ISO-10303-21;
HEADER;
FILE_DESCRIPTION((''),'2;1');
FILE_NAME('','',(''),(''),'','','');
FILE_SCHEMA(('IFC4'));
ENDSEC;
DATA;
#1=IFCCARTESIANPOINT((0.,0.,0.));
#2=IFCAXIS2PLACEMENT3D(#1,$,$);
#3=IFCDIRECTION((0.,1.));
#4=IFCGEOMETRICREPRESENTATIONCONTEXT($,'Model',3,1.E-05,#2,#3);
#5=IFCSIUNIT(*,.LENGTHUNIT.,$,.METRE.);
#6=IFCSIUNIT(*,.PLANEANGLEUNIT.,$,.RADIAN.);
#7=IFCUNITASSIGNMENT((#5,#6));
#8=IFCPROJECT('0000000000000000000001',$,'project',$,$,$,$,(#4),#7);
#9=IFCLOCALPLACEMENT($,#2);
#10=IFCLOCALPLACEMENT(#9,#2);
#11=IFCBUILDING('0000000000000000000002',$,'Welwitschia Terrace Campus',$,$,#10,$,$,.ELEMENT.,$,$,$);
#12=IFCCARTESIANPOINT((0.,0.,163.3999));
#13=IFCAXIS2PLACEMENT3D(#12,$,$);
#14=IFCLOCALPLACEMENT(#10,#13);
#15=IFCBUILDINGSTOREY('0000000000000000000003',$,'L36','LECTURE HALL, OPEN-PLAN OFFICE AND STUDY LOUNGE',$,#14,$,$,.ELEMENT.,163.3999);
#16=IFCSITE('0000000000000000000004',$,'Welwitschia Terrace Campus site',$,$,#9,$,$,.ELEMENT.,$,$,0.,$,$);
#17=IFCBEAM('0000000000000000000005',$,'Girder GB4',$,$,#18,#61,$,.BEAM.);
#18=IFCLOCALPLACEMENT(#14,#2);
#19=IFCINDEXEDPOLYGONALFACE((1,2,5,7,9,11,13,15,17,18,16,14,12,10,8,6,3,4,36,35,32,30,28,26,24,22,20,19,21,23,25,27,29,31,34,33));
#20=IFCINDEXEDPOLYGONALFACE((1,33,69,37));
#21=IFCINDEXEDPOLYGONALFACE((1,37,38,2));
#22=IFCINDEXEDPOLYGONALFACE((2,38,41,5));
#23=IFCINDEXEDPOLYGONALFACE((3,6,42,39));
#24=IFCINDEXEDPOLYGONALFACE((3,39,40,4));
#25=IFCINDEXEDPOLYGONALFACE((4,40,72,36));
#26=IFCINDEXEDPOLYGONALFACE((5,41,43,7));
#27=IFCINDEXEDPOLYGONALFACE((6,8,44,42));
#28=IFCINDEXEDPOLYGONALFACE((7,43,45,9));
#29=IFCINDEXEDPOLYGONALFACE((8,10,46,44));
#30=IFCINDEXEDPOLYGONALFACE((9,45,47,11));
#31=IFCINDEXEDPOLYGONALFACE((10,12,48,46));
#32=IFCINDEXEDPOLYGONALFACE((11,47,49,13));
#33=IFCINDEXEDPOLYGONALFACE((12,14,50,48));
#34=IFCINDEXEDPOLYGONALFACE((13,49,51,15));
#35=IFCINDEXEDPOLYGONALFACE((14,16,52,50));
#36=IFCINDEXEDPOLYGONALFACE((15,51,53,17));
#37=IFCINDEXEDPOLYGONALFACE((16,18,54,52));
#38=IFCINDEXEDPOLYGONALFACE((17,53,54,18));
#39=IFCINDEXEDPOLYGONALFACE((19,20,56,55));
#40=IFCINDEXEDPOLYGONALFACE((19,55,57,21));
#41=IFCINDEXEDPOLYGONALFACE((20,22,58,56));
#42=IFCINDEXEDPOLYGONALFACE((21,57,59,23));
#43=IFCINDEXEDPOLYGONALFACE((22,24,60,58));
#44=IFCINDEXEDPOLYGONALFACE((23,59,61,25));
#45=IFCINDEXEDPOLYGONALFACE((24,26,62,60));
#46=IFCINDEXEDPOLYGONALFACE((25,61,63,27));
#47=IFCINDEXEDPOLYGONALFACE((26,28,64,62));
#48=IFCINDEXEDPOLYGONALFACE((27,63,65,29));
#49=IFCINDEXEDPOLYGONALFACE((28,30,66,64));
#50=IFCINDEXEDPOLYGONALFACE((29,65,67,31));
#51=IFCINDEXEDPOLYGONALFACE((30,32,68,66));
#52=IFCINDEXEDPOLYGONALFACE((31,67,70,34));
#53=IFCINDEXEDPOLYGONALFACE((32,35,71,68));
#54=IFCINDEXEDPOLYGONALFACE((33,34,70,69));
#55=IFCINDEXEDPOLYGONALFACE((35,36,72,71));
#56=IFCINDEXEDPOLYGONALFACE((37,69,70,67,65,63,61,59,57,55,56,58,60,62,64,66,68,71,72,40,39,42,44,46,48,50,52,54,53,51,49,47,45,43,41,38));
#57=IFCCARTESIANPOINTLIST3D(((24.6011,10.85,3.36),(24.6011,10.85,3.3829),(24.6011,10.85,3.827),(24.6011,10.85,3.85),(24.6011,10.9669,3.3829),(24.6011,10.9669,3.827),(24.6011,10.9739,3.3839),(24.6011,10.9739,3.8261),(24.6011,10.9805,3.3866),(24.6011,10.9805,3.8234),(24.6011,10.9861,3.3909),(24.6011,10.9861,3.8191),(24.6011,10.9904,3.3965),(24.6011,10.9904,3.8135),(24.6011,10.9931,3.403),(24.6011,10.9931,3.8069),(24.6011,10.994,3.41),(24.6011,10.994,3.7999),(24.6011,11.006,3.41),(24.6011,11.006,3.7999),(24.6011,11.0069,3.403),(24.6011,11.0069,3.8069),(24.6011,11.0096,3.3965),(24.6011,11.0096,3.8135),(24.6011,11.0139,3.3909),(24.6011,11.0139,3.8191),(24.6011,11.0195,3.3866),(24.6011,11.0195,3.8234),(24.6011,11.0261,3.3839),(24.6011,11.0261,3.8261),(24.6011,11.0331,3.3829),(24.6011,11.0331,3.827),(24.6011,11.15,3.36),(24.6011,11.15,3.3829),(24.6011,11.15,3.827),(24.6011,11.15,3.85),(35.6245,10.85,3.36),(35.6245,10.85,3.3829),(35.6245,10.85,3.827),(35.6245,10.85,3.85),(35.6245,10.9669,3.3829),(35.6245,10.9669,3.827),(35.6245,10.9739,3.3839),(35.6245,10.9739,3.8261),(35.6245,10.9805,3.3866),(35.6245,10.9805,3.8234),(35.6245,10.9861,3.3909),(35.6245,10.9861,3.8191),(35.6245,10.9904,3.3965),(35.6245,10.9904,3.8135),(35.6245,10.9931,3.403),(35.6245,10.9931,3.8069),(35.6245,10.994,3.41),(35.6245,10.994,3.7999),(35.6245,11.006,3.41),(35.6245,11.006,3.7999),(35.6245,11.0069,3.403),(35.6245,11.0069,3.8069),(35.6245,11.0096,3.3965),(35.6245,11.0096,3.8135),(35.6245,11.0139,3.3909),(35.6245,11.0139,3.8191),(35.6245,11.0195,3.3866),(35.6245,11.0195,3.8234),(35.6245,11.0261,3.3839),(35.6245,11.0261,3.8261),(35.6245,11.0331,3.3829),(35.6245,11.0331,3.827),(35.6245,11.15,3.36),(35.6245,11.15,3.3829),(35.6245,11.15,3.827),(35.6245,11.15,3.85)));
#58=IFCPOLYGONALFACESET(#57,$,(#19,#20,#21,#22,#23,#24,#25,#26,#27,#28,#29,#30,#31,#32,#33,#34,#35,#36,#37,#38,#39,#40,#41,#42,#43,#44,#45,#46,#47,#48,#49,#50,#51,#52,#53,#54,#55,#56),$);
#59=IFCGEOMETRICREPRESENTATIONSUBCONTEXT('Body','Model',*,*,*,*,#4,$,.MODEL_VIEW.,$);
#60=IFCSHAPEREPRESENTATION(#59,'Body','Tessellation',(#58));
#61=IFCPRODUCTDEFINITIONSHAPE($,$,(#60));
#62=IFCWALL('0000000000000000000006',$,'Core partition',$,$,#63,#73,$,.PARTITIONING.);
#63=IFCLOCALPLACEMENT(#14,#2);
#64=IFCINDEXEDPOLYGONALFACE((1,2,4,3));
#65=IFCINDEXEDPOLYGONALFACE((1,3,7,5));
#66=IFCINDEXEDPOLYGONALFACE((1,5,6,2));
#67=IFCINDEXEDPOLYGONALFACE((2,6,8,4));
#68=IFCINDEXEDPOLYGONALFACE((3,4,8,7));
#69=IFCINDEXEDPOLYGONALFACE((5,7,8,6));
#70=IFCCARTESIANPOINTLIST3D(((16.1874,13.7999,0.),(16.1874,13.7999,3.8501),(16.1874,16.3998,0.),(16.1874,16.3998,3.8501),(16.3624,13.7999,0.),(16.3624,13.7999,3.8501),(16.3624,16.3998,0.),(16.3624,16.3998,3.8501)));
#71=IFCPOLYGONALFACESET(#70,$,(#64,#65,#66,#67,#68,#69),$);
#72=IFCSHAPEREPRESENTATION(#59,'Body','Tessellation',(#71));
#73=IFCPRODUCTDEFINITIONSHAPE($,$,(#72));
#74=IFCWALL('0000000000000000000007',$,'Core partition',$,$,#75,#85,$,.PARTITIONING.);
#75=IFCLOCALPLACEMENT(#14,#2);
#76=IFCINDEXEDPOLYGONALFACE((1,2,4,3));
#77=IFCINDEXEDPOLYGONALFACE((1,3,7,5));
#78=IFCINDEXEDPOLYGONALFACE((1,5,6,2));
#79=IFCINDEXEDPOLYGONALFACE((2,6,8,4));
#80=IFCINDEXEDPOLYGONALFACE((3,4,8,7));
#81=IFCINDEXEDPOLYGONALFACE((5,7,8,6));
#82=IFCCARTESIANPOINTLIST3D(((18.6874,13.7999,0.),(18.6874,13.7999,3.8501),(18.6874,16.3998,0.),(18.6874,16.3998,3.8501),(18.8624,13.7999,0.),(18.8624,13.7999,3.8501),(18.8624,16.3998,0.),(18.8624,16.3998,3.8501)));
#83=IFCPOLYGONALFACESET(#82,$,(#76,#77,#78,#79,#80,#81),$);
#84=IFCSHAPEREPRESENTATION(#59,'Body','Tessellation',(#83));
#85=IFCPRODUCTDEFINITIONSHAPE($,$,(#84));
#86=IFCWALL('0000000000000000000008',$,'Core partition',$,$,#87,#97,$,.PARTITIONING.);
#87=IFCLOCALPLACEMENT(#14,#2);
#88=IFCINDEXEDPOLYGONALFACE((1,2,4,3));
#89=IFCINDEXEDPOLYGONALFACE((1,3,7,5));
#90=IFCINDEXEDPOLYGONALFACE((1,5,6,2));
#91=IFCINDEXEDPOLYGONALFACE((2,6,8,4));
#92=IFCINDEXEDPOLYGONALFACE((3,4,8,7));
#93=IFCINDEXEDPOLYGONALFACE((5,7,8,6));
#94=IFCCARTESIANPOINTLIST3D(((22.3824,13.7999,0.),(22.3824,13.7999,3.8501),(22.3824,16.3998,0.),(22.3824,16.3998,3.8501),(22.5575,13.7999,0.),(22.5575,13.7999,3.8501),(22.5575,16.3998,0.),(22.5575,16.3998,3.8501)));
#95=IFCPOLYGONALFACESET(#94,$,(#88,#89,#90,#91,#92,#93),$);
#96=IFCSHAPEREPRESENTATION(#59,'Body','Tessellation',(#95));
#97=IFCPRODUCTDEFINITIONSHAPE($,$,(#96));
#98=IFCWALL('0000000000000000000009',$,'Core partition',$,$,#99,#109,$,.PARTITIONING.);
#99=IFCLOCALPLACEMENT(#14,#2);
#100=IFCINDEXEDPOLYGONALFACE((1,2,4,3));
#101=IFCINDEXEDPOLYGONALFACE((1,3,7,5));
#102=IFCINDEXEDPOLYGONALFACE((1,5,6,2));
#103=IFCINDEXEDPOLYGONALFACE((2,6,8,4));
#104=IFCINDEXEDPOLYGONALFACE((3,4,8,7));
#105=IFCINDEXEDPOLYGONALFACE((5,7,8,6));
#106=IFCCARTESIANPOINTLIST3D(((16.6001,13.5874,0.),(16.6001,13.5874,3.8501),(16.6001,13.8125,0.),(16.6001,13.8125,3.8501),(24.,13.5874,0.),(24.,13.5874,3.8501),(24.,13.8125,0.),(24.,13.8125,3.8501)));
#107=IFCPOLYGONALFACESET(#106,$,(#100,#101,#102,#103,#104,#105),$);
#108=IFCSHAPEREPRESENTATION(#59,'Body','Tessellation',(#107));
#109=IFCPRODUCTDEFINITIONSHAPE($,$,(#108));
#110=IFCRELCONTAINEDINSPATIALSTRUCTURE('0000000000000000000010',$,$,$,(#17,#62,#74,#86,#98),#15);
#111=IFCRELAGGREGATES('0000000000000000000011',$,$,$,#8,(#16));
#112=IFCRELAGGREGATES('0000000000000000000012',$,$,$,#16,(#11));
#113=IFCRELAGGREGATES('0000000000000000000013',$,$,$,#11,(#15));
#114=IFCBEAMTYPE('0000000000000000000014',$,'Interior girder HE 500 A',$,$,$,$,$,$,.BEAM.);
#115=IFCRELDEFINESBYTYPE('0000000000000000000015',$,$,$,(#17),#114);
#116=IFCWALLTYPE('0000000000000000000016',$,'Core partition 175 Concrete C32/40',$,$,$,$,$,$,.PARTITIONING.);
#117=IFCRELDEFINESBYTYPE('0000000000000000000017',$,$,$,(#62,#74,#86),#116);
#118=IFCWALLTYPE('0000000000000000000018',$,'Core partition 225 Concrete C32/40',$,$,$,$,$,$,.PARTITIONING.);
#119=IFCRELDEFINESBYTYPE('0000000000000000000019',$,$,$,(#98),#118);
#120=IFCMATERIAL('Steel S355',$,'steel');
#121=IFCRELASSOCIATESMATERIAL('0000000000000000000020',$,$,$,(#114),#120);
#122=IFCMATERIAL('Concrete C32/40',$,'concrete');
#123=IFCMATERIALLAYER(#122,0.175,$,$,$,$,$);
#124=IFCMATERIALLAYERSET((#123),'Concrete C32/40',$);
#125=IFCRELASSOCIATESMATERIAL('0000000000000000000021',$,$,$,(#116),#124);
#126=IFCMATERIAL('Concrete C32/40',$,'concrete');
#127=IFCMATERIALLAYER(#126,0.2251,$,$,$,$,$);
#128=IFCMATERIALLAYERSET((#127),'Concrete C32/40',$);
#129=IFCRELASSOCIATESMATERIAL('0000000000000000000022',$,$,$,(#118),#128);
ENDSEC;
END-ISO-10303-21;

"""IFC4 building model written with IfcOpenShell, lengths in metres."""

from ifc_helpers import new_model, si_unit, direction, frame, frame_2d, origin, origin_2d, place, context, subcontext, project, spatial, rectangle, i_section, extrude, material, layer, layer_set, material_profile, profile_set, type_object, element, save


model = new_model("IFC4")

# Units and contexts
model_context = context("Model", 3, precision=1e-05, world=origin(), true_north=direction((0.0, 1.0)))
body_context = subcontext(model_context, "Body", "Model", "MODEL_VIEW")
ifc_project = project(units=[si_unit("LENGTHUNIT", "METRE"), si_unit("PLANEANGLEUNIT", "RADIAN")], contexts=[model_context])

# Site, building, storey
site_placement = place(None, origin())
site = spatial("IfcSite", under=ifc_project, at=site_placement, Name="Welwitschia Terrace Campus site", CompositionType="ELEMENT", RefElevation=0.0)
building_placement = place(site_placement, origin())
building = spatial("IfcBuilding", under=site, at=building_placement, Name="Welwitschia Terrace Campus", CompositionType="ELEMENT")
storey_placement = place(building_placement, frame((0.0, 0.0, 163.3999)))
storey = spatial("IfcBuildingStorey", under=building, at=storey_placement, Name="L36", Description="LECTURE HALL, OPEN-PLAN OFFICE AND STUDY LOUNGE", CompositionType="ELEMENT", Elevation=163.3999)

# Beam
ifc_material_1 = material(Name="Steel S355", Category="steel")
ifc_material_profile = material_profile(ifc_material_1, i_section(OverallWidth=0.3, OverallDepth=0.49, WebThickness=0.012, FlangeThickness=0.0229, FilletRadius=0.0271, at=origin_2d()))
ifc_profile_set = profile_set([ifc_material_profile], Name="Steel S355")
beam_type = type_object("IfcBeamType", Name="Interior girder HE 500 A", PredefinedType="BEAM", material=ifc_profile_set)
beam_placement = place(storey_placement, frame((24.6011, 11.0, 3.605), z_axis=(1.0, 0.0, 0.0), x_axis=(0.0, 1.0, 0.0)))
element("IfcBeam", 1, at=beam_placement, inside=storey, type_object=beam_type, Name="Girder GB4", PredefinedType="BEAM", context=body_context, shape_type="SweptSolid", body=[
    extrude(i_section(OverallWidth=0.3, OverallDepth=0.49, WebThickness=0.012, FlangeThickness=0.0229, FilletRadius=0.0271, at=origin_2d()), origin(), (0.0, 0.0, 1.0), 11.0234),
])

# Walls
ifc_material_2 = material(Name="Concrete C32/40", Category="concrete")
ifc_layer_1 = layer(ifc_material_2, 0.175)
ifc_layer_set_1 = layer_set([ifc_layer_1], Name="Concrete C32/40")
wall_type_1 = type_object("IfcWallType", Name="Core partition 175 Concrete C32/40", PredefinedType="PARTITIONING", material=ifc_layer_set_1)
for number, where, z_axis, x_axis, name in (
    (2, (16.2749, 13.8, 0.0), (0.0, 0.0, 1.0), (0.0, 1.0, 0.0), "Core partition"),
    (3, (18.7749, 13.8, 0.0), (0.0, 0.0, 1.0), (0.0, 1.0, 0.0), "Core partition"),
    (4, (22.47, 13.8, 0.0), (0.0, 0.0, 1.0), (0.0, 1.0, 0.0), "Core partition"),
):
    element("IfcWall", number, at=place(storey_placement, frame(where, z_axis=z_axis, x_axis=x_axis)), inside=storey, type_object=wall_type_1, Name=name, PredefinedType="PARTITIONING", context=body_context, shape_type="SweptSolid", body=[
        extrude(rectangle(XDim=2.5999, YDim=0.175, at=frame_2d((1.2998, 0.0))), origin(), (0.0, 0.0, 1.0), 3.8501),
    ])
ifc_material_3 = material(Name="Concrete C32/40", Category="concrete")
ifc_layer_2 = layer(ifc_material_3, 0.2251)
ifc_layer_set_2 = layer_set([ifc_layer_2], Name="Concrete C32/40")
wall_type_2 = type_object("IfcWallType", Name="Core partition 225 Concrete C32/40", PredefinedType="PARTITIONING", material=ifc_layer_set_2)
wall_1_placement = place(storey_placement, frame((16.6001, 13.7, 0.0), z_axis=(0.0, 0.0, 1.0), x_axis=(1.0, 0.0, 0.0)))
element("IfcWall", 5, at=wall_1_placement, inside=storey, type_object=wall_type_2, Name="Core partition", PredefinedType="PARTITIONING", context=body_context, shape_type="SweptSolid", body=[
    extrude(rectangle(XDim=7.3999, YDim=0.2251, at=frame_2d((3.7, 0.0))), origin(), (0.0, 0.0, 1.0), 3.8501),
])

save(model, "model.ifc")
